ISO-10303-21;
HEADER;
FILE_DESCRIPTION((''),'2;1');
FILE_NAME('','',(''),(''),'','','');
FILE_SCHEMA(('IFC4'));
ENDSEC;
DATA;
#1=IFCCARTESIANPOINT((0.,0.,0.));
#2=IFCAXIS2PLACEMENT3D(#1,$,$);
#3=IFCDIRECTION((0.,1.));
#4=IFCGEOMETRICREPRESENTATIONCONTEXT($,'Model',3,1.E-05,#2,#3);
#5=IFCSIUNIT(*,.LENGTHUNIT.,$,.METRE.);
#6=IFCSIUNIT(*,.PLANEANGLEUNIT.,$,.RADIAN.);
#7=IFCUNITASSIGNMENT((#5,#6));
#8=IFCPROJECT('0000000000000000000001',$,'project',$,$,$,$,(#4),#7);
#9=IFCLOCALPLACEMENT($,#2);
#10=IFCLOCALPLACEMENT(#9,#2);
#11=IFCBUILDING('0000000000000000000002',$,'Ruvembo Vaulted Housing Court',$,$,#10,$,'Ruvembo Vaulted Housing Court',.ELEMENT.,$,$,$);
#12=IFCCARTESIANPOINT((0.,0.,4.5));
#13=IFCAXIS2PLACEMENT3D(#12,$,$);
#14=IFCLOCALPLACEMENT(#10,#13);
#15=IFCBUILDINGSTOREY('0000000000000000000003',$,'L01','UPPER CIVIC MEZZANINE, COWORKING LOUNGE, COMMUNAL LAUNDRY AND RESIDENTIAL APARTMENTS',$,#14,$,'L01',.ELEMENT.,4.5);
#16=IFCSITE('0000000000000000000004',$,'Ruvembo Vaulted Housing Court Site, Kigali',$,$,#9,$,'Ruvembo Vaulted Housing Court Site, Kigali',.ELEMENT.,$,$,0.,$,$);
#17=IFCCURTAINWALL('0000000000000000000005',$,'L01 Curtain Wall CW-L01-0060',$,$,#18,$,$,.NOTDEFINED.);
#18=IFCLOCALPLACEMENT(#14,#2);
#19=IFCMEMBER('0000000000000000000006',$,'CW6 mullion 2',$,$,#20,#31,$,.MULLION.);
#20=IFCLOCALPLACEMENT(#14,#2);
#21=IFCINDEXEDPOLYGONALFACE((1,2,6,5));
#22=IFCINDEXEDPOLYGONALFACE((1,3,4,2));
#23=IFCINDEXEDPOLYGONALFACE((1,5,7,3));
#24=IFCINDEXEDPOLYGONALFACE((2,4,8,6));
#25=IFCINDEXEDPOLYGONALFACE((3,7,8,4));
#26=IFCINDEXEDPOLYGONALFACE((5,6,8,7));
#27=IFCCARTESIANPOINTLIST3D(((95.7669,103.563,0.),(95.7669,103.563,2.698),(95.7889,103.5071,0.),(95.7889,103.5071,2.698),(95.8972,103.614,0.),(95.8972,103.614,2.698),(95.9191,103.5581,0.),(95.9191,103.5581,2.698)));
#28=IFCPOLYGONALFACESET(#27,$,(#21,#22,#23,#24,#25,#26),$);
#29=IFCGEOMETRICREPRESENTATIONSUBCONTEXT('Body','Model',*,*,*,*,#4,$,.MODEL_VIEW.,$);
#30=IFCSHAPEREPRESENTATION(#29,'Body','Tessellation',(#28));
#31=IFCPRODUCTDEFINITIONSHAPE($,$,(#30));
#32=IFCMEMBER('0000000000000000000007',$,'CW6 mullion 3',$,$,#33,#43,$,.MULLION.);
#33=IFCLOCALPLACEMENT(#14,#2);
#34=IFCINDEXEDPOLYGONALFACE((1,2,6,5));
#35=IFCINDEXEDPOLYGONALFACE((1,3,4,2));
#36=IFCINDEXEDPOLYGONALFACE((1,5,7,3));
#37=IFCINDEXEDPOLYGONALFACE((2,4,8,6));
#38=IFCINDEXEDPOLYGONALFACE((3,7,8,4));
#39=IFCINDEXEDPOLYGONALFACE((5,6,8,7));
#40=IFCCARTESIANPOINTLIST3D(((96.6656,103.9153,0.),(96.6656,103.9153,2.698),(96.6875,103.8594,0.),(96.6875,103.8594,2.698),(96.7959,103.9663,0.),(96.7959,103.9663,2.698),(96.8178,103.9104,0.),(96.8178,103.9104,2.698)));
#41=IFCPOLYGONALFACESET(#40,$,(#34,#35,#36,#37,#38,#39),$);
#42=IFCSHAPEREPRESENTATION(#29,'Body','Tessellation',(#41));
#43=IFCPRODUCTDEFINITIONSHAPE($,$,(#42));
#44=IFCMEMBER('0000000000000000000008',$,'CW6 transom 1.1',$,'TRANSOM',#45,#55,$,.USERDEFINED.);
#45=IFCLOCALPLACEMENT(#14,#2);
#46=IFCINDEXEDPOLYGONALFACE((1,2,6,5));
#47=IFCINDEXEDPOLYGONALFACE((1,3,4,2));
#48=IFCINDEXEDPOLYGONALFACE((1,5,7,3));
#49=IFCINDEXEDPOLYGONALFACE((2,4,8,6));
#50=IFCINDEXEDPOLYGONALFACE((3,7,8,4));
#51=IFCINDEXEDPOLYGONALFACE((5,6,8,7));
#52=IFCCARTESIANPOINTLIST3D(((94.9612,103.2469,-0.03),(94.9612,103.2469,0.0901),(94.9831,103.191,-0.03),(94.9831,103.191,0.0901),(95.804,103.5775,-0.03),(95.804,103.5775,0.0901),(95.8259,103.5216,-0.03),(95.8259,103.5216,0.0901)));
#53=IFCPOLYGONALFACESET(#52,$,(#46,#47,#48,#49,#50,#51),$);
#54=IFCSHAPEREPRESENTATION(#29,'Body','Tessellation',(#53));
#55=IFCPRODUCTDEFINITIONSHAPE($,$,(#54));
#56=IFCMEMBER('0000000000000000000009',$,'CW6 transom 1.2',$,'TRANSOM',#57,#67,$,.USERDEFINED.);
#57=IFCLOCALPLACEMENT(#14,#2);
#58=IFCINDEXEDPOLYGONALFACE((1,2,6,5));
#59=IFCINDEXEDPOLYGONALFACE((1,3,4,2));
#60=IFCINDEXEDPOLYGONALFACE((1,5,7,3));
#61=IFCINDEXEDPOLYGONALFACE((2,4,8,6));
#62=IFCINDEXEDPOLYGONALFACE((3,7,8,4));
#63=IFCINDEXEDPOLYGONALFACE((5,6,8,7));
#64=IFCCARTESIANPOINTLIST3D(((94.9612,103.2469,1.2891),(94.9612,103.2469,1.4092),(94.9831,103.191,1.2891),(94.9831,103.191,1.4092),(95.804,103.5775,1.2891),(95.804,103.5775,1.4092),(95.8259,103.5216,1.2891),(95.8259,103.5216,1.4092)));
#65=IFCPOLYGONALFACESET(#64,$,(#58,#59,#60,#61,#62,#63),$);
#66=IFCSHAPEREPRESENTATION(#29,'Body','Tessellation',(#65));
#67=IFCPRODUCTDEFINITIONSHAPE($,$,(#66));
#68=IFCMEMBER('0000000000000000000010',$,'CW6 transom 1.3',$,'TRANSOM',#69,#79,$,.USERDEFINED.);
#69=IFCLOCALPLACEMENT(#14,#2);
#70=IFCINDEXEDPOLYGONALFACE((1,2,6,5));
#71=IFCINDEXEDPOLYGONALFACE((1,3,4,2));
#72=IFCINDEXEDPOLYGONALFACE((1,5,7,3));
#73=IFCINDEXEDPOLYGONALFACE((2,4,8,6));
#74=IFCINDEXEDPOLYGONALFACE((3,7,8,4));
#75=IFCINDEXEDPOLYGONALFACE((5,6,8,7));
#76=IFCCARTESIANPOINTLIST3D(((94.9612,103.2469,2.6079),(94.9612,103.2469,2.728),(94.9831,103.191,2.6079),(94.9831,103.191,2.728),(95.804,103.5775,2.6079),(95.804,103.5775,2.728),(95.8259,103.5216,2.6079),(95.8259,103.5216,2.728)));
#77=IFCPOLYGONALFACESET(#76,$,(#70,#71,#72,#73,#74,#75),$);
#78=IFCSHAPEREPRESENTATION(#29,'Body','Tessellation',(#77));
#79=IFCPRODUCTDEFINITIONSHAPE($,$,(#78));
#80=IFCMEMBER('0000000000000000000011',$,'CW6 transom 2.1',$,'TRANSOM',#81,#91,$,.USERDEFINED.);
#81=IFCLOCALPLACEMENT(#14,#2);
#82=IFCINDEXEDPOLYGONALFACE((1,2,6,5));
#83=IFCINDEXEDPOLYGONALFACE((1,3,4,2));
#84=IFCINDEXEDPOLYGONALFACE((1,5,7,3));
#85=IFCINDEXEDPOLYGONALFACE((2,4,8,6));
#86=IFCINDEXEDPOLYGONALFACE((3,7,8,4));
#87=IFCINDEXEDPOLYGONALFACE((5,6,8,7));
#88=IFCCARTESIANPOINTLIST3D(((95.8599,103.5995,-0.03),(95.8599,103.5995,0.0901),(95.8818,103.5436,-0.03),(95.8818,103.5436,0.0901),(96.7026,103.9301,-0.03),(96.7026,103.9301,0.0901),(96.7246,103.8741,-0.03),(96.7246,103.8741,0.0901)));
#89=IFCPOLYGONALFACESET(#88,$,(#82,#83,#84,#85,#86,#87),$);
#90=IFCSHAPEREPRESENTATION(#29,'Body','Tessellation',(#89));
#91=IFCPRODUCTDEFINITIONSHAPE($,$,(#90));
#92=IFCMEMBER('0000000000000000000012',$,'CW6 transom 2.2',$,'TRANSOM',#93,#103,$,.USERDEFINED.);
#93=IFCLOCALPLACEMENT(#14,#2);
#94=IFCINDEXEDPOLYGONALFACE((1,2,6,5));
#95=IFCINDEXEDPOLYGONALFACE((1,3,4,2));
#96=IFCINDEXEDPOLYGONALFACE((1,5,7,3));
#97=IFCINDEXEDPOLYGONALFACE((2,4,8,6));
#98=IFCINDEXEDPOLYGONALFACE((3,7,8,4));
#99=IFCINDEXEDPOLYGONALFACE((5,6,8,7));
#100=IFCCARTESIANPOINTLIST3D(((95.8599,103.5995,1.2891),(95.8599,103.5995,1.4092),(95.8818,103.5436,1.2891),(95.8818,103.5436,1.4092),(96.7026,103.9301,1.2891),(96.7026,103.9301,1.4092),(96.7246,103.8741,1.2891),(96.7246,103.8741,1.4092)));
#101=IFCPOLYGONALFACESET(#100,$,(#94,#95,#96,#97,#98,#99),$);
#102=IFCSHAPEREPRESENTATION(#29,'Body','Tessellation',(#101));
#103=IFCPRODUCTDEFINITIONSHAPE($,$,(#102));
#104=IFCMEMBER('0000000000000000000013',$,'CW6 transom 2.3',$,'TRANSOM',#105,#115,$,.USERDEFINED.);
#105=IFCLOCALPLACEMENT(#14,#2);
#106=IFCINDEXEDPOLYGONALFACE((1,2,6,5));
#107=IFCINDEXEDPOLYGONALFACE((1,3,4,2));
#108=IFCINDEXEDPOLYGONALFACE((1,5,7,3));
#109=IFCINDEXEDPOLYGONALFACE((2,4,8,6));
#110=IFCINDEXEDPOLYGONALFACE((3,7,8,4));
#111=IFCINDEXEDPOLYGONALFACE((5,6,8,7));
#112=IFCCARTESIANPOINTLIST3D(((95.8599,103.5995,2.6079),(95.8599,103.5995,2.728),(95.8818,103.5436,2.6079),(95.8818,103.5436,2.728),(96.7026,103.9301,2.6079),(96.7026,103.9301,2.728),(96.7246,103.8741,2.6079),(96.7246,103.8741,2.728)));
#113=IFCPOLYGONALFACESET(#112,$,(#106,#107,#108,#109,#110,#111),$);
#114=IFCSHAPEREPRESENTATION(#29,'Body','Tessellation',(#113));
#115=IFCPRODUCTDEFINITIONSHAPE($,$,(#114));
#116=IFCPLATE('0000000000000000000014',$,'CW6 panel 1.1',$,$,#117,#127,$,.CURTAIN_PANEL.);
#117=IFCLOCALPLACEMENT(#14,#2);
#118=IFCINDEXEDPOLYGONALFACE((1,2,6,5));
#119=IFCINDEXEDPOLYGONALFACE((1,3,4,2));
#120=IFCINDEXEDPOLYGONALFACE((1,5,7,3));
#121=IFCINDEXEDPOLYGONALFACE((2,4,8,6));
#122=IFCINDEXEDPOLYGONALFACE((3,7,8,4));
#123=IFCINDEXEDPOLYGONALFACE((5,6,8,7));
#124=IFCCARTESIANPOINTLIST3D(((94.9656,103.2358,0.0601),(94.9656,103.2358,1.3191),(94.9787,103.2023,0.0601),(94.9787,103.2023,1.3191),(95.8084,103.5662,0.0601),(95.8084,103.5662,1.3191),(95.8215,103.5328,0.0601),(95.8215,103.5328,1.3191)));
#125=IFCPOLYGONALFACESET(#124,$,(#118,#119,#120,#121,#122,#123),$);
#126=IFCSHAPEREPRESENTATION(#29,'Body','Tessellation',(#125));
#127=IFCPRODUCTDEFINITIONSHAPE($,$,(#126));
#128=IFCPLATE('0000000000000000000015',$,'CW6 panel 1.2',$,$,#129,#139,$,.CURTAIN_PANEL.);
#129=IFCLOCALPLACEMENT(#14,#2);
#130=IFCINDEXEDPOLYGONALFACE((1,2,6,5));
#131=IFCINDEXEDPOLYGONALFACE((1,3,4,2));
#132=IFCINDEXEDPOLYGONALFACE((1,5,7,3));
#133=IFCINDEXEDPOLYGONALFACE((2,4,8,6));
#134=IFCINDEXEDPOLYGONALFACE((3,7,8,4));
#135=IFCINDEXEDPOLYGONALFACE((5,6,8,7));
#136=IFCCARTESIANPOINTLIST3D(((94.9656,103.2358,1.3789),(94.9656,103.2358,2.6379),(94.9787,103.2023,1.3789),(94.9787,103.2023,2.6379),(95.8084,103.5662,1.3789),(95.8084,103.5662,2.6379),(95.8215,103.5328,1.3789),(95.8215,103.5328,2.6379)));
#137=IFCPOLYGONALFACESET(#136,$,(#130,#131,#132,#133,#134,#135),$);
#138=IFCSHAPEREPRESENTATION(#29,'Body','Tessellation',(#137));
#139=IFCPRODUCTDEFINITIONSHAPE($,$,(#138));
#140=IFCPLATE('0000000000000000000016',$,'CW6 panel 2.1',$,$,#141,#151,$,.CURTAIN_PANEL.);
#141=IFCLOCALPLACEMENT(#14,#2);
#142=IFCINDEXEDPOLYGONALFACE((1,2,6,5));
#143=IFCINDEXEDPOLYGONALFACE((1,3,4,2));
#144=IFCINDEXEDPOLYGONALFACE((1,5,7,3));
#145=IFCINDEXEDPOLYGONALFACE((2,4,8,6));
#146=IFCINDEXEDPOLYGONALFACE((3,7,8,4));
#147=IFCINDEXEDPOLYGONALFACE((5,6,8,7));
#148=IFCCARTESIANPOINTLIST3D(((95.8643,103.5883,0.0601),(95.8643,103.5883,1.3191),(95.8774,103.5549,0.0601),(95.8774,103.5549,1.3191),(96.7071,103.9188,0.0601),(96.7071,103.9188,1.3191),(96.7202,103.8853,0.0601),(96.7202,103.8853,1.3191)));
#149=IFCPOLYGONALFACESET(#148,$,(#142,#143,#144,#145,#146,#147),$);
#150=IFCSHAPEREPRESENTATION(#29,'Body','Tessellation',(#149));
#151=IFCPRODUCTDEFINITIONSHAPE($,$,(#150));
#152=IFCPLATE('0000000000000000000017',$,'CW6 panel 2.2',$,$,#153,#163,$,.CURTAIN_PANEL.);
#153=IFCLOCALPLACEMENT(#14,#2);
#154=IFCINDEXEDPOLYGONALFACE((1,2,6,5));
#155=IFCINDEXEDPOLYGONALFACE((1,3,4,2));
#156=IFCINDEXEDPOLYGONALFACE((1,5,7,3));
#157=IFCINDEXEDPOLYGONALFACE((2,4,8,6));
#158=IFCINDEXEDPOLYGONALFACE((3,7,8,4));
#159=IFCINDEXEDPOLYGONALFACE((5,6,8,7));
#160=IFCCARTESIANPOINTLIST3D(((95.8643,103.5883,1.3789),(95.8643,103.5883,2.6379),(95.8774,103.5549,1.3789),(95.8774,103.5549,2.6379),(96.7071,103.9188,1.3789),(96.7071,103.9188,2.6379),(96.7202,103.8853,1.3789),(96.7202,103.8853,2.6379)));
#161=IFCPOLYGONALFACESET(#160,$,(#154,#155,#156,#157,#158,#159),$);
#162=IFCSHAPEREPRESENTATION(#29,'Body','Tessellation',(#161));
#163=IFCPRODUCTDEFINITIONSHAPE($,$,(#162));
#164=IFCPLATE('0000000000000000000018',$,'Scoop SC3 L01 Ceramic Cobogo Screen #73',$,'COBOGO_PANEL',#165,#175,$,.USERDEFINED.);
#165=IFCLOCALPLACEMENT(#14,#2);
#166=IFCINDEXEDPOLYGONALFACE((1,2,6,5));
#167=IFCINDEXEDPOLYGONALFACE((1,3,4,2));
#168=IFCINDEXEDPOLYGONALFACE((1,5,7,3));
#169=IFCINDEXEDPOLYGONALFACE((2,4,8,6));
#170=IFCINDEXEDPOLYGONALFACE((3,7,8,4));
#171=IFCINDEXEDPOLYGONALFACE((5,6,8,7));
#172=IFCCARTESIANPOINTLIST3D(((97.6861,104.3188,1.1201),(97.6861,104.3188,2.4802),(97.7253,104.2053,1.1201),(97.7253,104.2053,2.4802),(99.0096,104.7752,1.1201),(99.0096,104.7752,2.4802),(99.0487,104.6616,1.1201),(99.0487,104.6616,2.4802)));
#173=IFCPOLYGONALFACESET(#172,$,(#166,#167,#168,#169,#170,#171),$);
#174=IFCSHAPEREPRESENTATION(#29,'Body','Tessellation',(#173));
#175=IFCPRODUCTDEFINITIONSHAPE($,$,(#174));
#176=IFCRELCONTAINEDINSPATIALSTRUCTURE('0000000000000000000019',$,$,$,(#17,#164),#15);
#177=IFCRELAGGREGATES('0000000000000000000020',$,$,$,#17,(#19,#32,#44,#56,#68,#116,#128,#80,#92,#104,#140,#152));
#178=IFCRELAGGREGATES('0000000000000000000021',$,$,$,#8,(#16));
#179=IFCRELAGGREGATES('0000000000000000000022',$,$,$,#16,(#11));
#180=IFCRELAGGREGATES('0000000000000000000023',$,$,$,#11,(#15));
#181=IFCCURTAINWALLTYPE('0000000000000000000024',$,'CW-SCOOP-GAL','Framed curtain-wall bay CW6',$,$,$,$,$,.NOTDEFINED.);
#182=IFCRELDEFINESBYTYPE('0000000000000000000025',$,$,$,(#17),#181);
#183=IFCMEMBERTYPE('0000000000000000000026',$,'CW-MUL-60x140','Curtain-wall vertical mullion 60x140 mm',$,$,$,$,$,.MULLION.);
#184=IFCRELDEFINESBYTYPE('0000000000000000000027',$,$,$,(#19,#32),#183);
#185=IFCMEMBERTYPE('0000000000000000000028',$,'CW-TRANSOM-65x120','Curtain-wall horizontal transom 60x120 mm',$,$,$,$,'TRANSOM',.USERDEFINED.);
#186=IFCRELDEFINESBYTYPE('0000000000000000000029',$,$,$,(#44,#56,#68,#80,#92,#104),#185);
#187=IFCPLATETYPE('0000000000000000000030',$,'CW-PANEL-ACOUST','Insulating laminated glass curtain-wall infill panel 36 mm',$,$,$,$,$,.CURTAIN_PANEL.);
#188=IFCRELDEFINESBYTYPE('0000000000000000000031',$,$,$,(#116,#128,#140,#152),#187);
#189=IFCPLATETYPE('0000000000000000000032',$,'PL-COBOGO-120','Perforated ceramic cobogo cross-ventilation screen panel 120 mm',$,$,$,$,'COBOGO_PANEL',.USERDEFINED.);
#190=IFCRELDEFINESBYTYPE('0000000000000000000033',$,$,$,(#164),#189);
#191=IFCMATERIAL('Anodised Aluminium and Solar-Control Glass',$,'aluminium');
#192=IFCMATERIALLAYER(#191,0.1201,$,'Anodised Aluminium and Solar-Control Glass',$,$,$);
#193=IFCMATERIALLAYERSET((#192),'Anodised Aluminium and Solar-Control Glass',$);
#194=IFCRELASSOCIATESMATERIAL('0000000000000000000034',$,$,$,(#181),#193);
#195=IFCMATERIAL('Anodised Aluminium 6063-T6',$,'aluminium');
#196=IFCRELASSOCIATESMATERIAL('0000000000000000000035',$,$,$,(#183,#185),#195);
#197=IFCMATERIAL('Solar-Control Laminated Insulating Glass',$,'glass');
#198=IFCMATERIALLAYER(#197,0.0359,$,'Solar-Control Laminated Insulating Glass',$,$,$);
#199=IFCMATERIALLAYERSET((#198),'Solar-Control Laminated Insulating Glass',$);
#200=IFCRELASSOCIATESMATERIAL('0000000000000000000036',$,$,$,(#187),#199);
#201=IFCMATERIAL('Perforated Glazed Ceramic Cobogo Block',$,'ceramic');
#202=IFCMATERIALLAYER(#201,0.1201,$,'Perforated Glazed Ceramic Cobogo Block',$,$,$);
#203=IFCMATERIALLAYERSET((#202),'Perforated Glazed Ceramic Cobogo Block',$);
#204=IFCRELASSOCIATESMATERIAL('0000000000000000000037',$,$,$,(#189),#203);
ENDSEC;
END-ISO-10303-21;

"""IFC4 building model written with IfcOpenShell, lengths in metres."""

from ifc_helpers import new_model, si_unit, direction, frame, origin, origin_2d, place, context, subcontext, project, spatial, rectangle, extrude, material, layer, layer_set, material_profile, profile_set, type_object, element, aggregate, save


model = new_model("IFC4")

# Units and contexts
model_context = context("Model", 3, precision=1e-05, world=origin(), true_north=direction((0.0, 1.0)))
body_context = subcontext(model_context, "Body", "Model", "MODEL_VIEW")
ifc_project = project(units=[si_unit("LENGTHUNIT", "METRE"), si_unit("PLANEANGLEUNIT", "RADIAN")], contexts=[model_context])

# Site, building, storey
site_placement = place(None, origin())
site = spatial("IfcSite", under=ifc_project, at=site_placement, Name="Ruvembo Vaulted Housing Court Site, Kigali", LongName="Ruvembo Vaulted Housing Court Site, Kigali", CompositionType="ELEMENT", RefElevation=0.0)
building_placement = place(site_placement, origin())
building = spatial("IfcBuilding", under=site, at=building_placement, Name="Ruvembo Vaulted Housing Court", LongName="Ruvembo Vaulted Housing Court", CompositionType="ELEMENT")
storey_placement = place(building_placement, frame((0.0, 0.0, 4.5)))
storey = spatial("IfcBuildingStorey", under=building, at=storey_placement, Name="L01", Description="UPPER CIVIC MEZZANINE, COWORKING LOUNGE, COMMUNAL LAUNDRY AND RESIDENTIAL APARTMENTS", LongName="L01", CompositionType="ELEMENT", Elevation=4.5)

# Curtain wall, members, plates
ifc_material_1 = material(Name="Anodised Aluminium and Solar-Control Glass", Category="aluminium")
ifc_layer_1 = layer(ifc_material_1, 0.1201, Name="Anodised Aluminium and Solar-Control Glass")
ifc_layer_set_1 = layer_set([ifc_layer_1], Name="Anodised Aluminium and Solar-Control Glass")
curtain_wall_type = type_object("IfcCurtainWallType", Name="CW-SCOOP-GAL", Description="Framed curtain-wall bay CW6", PredefinedType="NOTDEFINED", material=ifc_layer_set_1)
curtain_wall_placement = place(storey_placement, origin())
curtain_wall = element("IfcCurtainWall", 1, at=curtain_wall_placement, inside=storey, type_object=curtain_wall_type, Name="L01 Curtain Wall CW-L01-0060", PredefinedType="NOTDEFINED")
ifc_material_2 = material(Name="Anodised Aluminium 6063-T6", Category="aluminium")
ifc_material_profile_1 = material_profile(ifc_material_2, rectangle(XDim=0.0601, YDim=0.1399, at=origin_2d()), Name="ALU 60x140")
ifc_profile_set_1 = profile_set([ifc_material_profile_1], Name="Anodised Aluminium 6063-T6")
member_type_1 = type_object("IfcMemberType", Name="CW-MUL-60x140", Description="Curtain-wall vertical mullion 60x140 mm", PredefinedType="MULLION", material=ifc_profile_set_1)
member_1_placement = place(storey_placement, frame((95.843, 103.5605, 0.0), z_axis=(0.0, 0.0, 1.0), x_axis=(-0.365034, 0.930994, 0.0)))
member_1 = element("IfcMember", 2, at=member_1_placement, type_object=member_type_1, Name="CW6 mullion 2", PredefinedType="MULLION", context=body_context, shape_type="SweptSolid", body=[
    extrude(rectangle(XDim=0.0601, YDim=0.1399, at=origin_2d()), origin(), (0.0, 0.0, 1.0), 2.698),
])
member_2_placement = place(storey_placement, frame((96.7417, 103.9128, 0.0), z_axis=(0.0, 0.0, 1.0), x_axis=(-0.365034, 0.930994, 0.0)))
member_2 = element("IfcMember", 3, at=member_2_placement, type_object=member_type_1, Name="CW6 mullion 3", PredefinedType="MULLION", context=body_context, shape_type="SweptSolid", body=[
    extrude(rectangle(XDim=0.0601, YDim=0.1399, at=origin_2d()), origin(), (0.0, 0.0, 1.0), 2.698),
])
ifc_material_profile_2 = material_profile(ifc_material_2, rectangle(XDim=0.0601, YDim=0.1201, at=origin_2d()), Name="ALU 60x120")
ifc_profile_set_2 = profile_set([ifc_material_profile_2], Name="Anodised Aluminium 6063-T6")
member_type_2 = type_object("IfcMemberType", Name="CW-TRANSOM-65x120", Description="Curtain-wall horizontal transom 60x120 mm", ElementType="TRANSOM", PredefinedType="USERDEFINED", material=ifc_profile_set_2)
member_3_placement = place(storey_placement, frame((94.9722, 103.219, 0.03), z_axis=(0.930948, 0.365152, 0.0), x_axis=(-0.365152, 0.930948, 0.0)))
member_3 = element("IfcMember", 4, at=member_3_placement, type_object=member_type_2, Name="CW6 transom 1.1", ObjectType="TRANSOM", PredefinedType="USERDEFINED", context=body_context, shape_type="SweptSolid", body=[
    extrude(rectangle(XDim=0.0601, YDim=0.1201, at=origin_2d()), origin(), (0.0, 0.0, 1.0), 0.9053),
])
member_4_placement = place(storey_placement, frame((94.9722, 103.219, 1.3491), z_axis=(0.930948, 0.365152, 0.0), x_axis=(-0.365152, 0.930948, 0.0)))
member_4 = element("IfcMember", 5, at=member_4_placement, type_object=member_type_2, Name="CW6 transom 1.2", ObjectType="TRANSOM", PredefinedType="USERDEFINED", context=body_context, shape_type="SweptSolid", body=[
    extrude(rectangle(XDim=0.0601, YDim=0.1201, at=origin_2d()), origin(), (0.0, 0.0, 1.0), 0.9053),
])
member_5_placement = place(storey_placement, frame((94.9722, 103.219, 2.668), z_axis=(0.930948, 0.365152, 0.0), x_axis=(-0.365152, 0.930948, 0.0)))
member_5 = element("IfcMember", 6, at=member_5_placement, type_object=member_type_2, Name="CW6 transom 1.3", ObjectType="TRANSOM", PredefinedType="USERDEFINED", context=body_context, shape_type="SweptSolid", body=[
    extrude(rectangle(XDim=0.0601, YDim=0.1201, at=origin_2d()), origin(), (0.0, 0.0, 1.0), 0.9053),
])
member_6_placement = place(storey_placement, frame((95.8708, 103.5715, 0.03), z_axis=(0.930948, 0.365152, 0.0), x_axis=(-0.365152, 0.930948, 0.0)))
member_6 = element("IfcMember", 7, at=member_6_placement, type_object=member_type_2, Name="CW6 transom 2.1", ObjectType="TRANSOM", PredefinedType="USERDEFINED", context=body_context, shape_type="SweptSolid", body=[
    extrude(rectangle(XDim=0.0601, YDim=0.1201, at=origin_2d()), origin(), (0.0, 0.0, 1.0), 0.9053),
])
member_7_placement = place(storey_placement, frame((95.8708, 103.5715, 1.3491), z_axis=(0.930948, 0.365152, 0.0), x_axis=(-0.365152, 0.930948, 0.0)))
member_7 = element("IfcMember", 8, at=member_7_placement, type_object=member_type_2, Name="CW6 transom 2.2", ObjectType="TRANSOM", PredefinedType="USERDEFINED", context=body_context, shape_type="SweptSolid", body=[
    extrude(rectangle(XDim=0.0601, YDim=0.1201, at=origin_2d()), origin(), (0.0, 0.0, 1.0), 0.9053),
])
member_8_placement = place(storey_placement, frame((95.8708, 103.5715, 2.668), z_axis=(0.930948, 0.365152, 0.0), x_axis=(-0.365152, 0.930948, 0.0)))
member_8 = element("IfcMember", 9, at=member_8_placement, type_object=member_type_2, Name="CW6 transom 2.3", ObjectType="TRANSOM", PredefinedType="USERDEFINED", context=body_context, shape_type="SweptSolid", body=[
    extrude(rectangle(XDim=0.0601, YDim=0.1201, at=origin_2d()), origin(), (0.0, 0.0, 1.0), 0.9053),
])
ifc_material_3 = material(Name="Solar-Control Laminated Insulating Glass", Category="glass")
ifc_layer_2 = layer(ifc_material_3, 0.0359, Name="Solar-Control Laminated Insulating Glass")
ifc_layer_set_2 = layer_set([ifc_layer_2], Name="Solar-Control Laminated Insulating Glass")
plate_type_1 = type_object("IfcPlateType", Name="CW-PANEL-ACOUST", Description="Insulating laminated glass curtain-wall infill panel 36 mm", PredefinedType="CURTAIN_PANEL", material=ifc_layer_set_2)
plate_1_placement = place(storey_placement, frame((95.3936, 103.3843, 0.0601), z_axis=(0.0, 0.0, 1.0), x_axis=(0.930994, 0.365034, 0.0)))
plate_1 = element("IfcPlate", 10, at=plate_1_placement, type_object=plate_type_1, Name="CW6 panel 1.1", PredefinedType="CURTAIN_PANEL", context=body_context, shape_type="SweptSolid", body=[
    extrude(rectangle(XDim=0.9053, YDim=0.0359, at=origin_2d()), origin(), (0.0, 0.0, 1.0), 1.259),
])
plate_2_placement = place(storey_placement, frame((95.3936, 103.3843, 1.3789), z_axis=(0.0, 0.0, 1.0), x_axis=(0.930994, 0.365034, 0.0)))
plate_2 = element("IfcPlate", 11, at=plate_2_placement, type_object=plate_type_1, Name="CW6 panel 1.2", PredefinedType="CURTAIN_PANEL", context=body_context, shape_type="SweptSolid", body=[
    extrude(rectangle(XDim=0.9053, YDim=0.0359, at=origin_2d()), origin(), (0.0, 0.0, 1.0), 1.259),
])
plate_3_placement = place(storey_placement, frame((96.2922, 103.7368, 0.0601), z_axis=(0.0, 0.0, 1.0), x_axis=(0.930994, 0.365034, 0.0)))
plate_3 = element("IfcPlate", 12, at=plate_3_placement, type_object=plate_type_1, Name="CW6 panel 2.1", PredefinedType="CURTAIN_PANEL", context=body_context, shape_type="SweptSolid", body=[
    extrude(rectangle(XDim=0.9053, YDim=0.0359, at=origin_2d()), origin(), (0.0, 0.0, 1.0), 1.259),
])
plate_4_placement = place(storey_placement, frame((96.2922, 103.7368, 1.3789), z_axis=(0.0, 0.0, 1.0), x_axis=(0.930994, 0.365034, 0.0)))
plate_4 = element("IfcPlate", 13, at=plate_4_placement, type_object=plate_type_1, Name="CW6 panel 2.2", PredefinedType="CURTAIN_PANEL", context=body_context, shape_type="SweptSolid", body=[
    extrude(rectangle(XDim=0.9053, YDim=0.0359, at=origin_2d()), origin(), (0.0, 0.0, 1.0), 1.259),
])
aggregate(curtain_wall, [member_1, member_2, member_3, member_4, member_5, plate_1, plate_2, member_6, member_7, member_8, plate_3, plate_4])

# Plate
ifc_material_4 = material(Name="Perforated Glazed Ceramic Cobogo Block", Category="ceramic")
ifc_layer_3 = layer(ifc_material_4, 0.1201, Name="Perforated Glazed Ceramic Cobogo Block")
ifc_layer_set_3 = layer_set([ifc_layer_3], Name="Perforated Glazed Ceramic Cobogo Block")
plate_type_2 = type_object("IfcPlateType", Name="PL-COBOGO-120", Description="Perforated ceramic cobogo cross-ventilation screen panel 120 mm", ElementType="COBOGO_PANEL", PredefinedType="USERDEFINED", material=ifc_layer_set_3)
plate_5_placement = place(storey_placement, frame((98.3674, 104.4902, 1.1201), z_axis=(0.0, 0.0, 1.0), x_axis=(0.945371, 0.325997, 0.0)))
element("IfcPlate", 14, at=plate_5_placement, inside=storey, type_object=plate_type_2, Name="Scoop SC3 L01 Ceramic Cobogo Screen #73", ObjectType="COBOGO_PANEL", PredefinedType="USERDEFINED", context=body_context, shape_type="SweptSolid", body=[
    extrude(rectangle(XDim=1.3999, YDim=0.1201, at=origin_2d()), origin(), (0.0, 0.0, 1.0), 1.3601),
])

save(model, "model.ifc")
